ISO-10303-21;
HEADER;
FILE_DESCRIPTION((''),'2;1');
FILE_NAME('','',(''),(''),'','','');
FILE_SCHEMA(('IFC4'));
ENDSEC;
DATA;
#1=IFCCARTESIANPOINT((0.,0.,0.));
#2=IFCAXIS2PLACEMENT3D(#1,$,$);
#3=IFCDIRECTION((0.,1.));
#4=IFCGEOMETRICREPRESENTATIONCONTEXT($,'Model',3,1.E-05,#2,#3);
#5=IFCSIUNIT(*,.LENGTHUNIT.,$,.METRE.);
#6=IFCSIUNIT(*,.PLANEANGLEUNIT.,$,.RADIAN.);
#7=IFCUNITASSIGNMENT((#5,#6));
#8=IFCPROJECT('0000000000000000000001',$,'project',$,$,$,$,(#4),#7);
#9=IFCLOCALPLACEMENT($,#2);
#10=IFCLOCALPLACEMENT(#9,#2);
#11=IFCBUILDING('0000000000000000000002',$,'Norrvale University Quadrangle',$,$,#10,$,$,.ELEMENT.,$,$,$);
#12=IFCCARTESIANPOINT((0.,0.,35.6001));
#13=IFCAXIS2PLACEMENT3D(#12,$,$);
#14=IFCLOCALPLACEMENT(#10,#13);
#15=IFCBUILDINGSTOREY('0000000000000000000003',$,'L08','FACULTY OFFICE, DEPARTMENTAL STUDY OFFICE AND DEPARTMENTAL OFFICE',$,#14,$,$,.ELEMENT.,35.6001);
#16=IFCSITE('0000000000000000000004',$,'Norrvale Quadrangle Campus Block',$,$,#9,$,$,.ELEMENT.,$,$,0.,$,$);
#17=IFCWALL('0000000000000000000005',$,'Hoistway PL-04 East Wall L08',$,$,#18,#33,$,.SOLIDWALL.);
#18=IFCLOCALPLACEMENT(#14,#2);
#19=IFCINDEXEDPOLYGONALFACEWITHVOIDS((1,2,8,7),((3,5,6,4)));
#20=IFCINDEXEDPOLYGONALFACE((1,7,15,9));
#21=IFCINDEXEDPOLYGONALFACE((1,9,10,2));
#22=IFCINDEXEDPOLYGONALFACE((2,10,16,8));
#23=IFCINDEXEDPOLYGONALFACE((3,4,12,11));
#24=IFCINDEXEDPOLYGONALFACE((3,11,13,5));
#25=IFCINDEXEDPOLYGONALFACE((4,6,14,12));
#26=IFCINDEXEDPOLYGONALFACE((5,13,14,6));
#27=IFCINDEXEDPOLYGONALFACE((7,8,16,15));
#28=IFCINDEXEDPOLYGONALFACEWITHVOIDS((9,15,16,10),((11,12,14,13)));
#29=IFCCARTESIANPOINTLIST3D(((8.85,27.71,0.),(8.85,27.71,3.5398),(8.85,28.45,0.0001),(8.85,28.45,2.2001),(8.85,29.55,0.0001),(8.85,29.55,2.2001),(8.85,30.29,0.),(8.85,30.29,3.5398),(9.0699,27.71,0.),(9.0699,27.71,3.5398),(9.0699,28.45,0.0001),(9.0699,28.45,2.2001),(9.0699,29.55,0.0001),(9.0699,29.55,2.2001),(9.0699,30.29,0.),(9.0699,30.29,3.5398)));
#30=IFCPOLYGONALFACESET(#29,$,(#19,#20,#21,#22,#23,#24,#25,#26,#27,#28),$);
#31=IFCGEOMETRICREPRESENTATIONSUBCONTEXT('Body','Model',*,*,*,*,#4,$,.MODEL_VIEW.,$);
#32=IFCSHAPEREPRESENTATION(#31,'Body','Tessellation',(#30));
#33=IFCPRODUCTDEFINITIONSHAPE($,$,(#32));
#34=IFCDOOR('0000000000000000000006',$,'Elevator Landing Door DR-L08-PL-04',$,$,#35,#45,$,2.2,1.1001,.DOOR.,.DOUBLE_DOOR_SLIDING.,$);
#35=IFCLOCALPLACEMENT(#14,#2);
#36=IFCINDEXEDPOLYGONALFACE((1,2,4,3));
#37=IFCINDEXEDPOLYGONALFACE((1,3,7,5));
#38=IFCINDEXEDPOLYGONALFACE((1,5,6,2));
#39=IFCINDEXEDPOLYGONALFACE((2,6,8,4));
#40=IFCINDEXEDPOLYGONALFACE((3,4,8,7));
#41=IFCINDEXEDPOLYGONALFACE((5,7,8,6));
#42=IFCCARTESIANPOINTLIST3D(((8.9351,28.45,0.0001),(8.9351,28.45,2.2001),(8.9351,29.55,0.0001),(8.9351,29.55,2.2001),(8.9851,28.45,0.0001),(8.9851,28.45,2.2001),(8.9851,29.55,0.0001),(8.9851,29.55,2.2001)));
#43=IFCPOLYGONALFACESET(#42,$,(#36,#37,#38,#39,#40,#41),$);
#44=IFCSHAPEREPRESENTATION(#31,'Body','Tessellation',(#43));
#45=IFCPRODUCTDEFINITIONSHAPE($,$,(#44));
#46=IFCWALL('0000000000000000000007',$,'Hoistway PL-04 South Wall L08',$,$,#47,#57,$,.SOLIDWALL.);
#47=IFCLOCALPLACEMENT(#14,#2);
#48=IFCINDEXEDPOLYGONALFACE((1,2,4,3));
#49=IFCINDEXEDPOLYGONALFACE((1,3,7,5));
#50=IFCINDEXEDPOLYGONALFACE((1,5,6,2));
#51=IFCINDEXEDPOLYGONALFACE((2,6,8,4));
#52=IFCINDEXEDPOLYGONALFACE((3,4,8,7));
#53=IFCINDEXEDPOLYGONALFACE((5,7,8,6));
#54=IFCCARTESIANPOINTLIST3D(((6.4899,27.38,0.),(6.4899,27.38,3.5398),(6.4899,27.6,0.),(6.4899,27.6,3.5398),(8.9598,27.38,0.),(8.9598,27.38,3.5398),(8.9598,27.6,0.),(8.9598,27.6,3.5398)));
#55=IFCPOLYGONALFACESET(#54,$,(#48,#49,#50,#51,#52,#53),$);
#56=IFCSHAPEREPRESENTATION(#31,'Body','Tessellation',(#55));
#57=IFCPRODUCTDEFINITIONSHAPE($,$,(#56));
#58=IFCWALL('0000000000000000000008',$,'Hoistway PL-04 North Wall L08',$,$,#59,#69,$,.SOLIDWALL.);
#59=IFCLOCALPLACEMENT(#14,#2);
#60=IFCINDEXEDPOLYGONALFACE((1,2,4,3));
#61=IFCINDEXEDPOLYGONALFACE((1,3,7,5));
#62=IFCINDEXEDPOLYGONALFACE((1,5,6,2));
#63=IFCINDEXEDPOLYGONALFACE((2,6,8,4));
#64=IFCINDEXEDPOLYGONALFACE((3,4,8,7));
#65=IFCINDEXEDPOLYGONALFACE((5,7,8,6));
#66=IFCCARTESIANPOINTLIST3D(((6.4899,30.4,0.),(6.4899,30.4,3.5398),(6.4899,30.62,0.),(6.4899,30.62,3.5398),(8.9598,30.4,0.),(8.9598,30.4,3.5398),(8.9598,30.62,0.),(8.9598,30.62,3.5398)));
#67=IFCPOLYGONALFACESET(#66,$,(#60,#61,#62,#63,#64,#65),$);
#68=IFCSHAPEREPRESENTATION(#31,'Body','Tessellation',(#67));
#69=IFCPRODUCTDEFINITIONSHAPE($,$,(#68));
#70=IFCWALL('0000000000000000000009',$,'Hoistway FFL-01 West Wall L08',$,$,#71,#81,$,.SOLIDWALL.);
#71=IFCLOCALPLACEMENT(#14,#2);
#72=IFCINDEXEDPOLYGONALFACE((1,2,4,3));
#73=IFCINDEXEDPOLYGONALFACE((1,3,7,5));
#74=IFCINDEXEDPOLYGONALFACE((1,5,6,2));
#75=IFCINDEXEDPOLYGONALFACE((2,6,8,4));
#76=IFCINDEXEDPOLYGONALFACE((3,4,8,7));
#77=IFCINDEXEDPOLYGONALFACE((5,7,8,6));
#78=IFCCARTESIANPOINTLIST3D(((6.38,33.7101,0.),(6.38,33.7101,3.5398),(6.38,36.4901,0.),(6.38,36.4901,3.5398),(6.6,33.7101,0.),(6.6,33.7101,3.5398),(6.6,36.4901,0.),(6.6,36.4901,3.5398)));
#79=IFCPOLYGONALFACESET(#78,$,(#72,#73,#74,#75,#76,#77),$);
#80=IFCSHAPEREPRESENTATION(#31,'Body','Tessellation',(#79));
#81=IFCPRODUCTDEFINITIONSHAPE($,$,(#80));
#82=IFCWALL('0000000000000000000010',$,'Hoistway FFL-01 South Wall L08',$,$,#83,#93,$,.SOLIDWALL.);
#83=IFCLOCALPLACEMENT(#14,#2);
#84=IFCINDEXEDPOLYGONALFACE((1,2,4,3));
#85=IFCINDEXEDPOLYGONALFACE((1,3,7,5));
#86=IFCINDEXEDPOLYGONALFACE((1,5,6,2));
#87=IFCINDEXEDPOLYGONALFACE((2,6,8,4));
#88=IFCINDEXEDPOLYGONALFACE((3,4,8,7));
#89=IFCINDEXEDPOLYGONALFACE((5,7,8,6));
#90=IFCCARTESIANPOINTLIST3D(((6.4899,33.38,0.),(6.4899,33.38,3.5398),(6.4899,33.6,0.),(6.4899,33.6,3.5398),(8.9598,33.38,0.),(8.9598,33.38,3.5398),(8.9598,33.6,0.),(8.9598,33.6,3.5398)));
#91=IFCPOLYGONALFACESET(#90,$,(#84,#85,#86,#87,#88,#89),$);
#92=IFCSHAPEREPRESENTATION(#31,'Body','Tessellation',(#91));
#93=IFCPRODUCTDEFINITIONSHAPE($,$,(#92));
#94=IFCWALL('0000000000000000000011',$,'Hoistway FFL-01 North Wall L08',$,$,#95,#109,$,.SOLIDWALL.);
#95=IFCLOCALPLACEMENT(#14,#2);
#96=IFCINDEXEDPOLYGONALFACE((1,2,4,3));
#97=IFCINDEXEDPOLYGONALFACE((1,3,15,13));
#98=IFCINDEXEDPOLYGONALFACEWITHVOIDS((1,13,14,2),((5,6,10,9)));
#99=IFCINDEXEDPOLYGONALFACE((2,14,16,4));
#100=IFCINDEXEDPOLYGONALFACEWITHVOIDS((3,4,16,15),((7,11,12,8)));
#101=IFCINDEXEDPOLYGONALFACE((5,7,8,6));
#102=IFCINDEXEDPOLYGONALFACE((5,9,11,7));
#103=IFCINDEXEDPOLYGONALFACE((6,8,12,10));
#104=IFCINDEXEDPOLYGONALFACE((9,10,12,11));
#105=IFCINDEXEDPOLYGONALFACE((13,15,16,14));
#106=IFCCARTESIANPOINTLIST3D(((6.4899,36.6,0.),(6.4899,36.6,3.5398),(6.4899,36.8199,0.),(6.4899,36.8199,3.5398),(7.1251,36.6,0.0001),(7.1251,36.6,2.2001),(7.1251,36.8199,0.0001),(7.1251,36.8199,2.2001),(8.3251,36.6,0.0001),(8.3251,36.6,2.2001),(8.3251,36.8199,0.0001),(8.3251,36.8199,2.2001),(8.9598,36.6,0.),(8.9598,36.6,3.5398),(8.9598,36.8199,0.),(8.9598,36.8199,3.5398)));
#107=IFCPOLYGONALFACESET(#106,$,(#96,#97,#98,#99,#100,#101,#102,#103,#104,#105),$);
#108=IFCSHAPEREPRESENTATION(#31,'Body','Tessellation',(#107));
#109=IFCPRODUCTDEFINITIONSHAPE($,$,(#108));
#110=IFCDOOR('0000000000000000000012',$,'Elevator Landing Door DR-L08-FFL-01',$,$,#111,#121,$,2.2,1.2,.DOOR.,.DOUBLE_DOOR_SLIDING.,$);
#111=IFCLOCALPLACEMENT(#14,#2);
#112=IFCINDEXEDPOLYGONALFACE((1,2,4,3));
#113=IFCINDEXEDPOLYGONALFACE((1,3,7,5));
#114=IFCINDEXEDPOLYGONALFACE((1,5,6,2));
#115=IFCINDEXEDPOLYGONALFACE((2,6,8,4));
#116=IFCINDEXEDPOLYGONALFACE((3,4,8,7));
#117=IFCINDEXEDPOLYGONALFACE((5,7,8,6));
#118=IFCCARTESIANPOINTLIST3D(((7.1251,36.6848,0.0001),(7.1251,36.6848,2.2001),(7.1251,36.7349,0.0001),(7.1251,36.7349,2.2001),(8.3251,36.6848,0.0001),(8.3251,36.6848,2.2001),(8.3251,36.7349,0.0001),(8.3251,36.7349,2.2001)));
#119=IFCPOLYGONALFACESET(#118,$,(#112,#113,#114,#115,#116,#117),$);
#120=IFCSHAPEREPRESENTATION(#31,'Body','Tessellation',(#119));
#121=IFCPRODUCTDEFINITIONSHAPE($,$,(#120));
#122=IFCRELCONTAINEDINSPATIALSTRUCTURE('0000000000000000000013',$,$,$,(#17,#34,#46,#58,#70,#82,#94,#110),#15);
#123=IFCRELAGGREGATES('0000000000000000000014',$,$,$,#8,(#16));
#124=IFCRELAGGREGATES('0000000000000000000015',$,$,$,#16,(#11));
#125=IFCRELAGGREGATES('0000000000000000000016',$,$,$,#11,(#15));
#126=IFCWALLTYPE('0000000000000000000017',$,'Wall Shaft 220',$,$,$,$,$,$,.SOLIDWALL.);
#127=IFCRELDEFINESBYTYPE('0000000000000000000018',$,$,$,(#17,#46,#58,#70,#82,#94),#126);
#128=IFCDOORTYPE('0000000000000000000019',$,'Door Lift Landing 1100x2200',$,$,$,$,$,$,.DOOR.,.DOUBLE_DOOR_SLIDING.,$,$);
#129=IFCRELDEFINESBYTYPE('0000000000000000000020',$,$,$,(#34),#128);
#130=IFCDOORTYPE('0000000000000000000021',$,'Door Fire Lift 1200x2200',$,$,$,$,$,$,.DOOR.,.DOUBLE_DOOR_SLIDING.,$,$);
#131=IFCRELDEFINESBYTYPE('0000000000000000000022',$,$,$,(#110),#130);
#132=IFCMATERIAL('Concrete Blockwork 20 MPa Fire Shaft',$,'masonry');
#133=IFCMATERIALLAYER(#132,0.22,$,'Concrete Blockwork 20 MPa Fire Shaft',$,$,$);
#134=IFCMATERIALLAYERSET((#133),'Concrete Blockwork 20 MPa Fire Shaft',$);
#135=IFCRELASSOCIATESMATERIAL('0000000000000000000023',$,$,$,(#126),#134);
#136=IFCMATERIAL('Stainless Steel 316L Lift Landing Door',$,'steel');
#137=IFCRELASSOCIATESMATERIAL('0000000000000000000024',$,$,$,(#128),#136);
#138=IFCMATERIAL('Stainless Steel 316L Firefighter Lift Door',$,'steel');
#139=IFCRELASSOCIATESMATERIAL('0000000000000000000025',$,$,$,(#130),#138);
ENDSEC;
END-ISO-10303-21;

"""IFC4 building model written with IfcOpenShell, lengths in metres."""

from ifc_helpers import new_model, si_unit, direction, frame, frame_2d, origin, place, context, subcontext, project, spatial, rectangle, extrude, material, layer, layer_set, type_object, element, fill, save


model = new_model("IFC4")

# Units and contexts
model_context = context("Model", 3, precision=1e-05, world=origin(), true_north=direction((0.0, 1.0)))
body_context = subcontext(model_context, "Body", "Model", "MODEL_VIEW")
ifc_project = project(units=[si_unit("LENGTHUNIT", "METRE"), si_unit("PLANEANGLEUNIT", "RADIAN")], contexts=[model_context])

# Site, building, storey
site_placement = place(None, origin())
site = spatial("IfcSite", under=ifc_project, at=site_placement, Name="Norrvale Quadrangle Campus Block", CompositionType="ELEMENT", RefElevation=0.0)
building_placement = place(site_placement, origin())
building = spatial("IfcBuilding", under=site, at=building_placement, Name="Norrvale University Quadrangle", CompositionType="ELEMENT")
storey_placement = place(building_placement, frame((0.0, 0.0, 35.6001)))
storey = spatial("IfcBuildingStorey", under=building, at=storey_placement, Name="L08", Description="FACULTY OFFICE, DEPARTMENTAL STUDY OFFICE AND DEPARTMENTAL OFFICE", CompositionType="ELEMENT", Elevation=35.6001)

# Shared definitions
ifc_material_1 = material(Name="Concrete Blockwork 20 MPa Fire Shaft", Category="masonry")
ifc_layer_1 = layer(ifc_material_1, 0.22, Name="Concrete Blockwork 20 MPa Fire Shaft")
ifc_layer_set_1 = layer_set([ifc_layer_1], Name="Concrete Blockwork 20 MPa Fire Shaft")
wall_type_1 = type_object("IfcWallType", Name="Wall Shaft 220", PredefinedType="SOLIDWALL", material=ifc_layer_set_1)

# Shared definitions
ifc_material_2 = material(Name="Stainless Steel 316L Lift Landing Door", Category="steel")
door_type_1 = type_object("IfcDoorType", Name="Door Lift Landing 1100x2200", OperationType="DOUBLE_DOOR_SLIDING", PredefinedType="DOOR", material=ifc_material_2)

# Wall, opening, door
wall_1_placement = place(storey_placement, frame((8.96, 27.71, 0.0), z_axis=(0.0, 0.0, 1.0), x_axis=(0.0, 1.0, 0.0)))
wall_1 = element("IfcWall", 1, at=wall_1_placement, inside=storey, type_object=wall_type_1, Name="Hoistway PL-04 East Wall L08", PredefinedType="SOLIDWALL", context=body_context, shape_type="SweptSolid", body=[
    extrude(rectangle(XDim=2.5801, YDim=0.22, at=frame_2d((1.29, 0.0))), origin(), (0.0, 0.0, 1.0), 3.5398),
])
opening_1_placement = place(wall_1_placement, frame((0.74, 0.0, 0.0)))
opening_1 = element("IfcOpeningElement", 2, at=opening_1_placement, cuts=wall_1, PredefinedType="OPENING", context=body_context, shape_type="SweptSolid", body=[
    extrude(rectangle(XDim=1.1001, YDim=2.2, at=frame_2d((0.55, 1.1001))), frame((0.0, 0.1221, 0.0), z_axis=(0.0, -1.0, 0.0), x_axis=(1.0, 0.0, 0.0)), (0.0, 0.0, 1.0), 0.2439),
])
door_1_placement = place(opening_1_placement, origin())
door_1 = element("IfcDoor", 3, at=door_1_placement, inside=storey, type_object=door_type_1, Name="Elevator Landing Door DR-L08-PL-04", OperationType="DOUBLE_DOOR_SLIDING", OverallHeight=2.2, OverallWidth=1.1001, PredefinedType="DOOR", context=body_context, shape_type="SweptSolid", body=[
    extrude(rectangle(XDim=1.1001, YDim=2.2, at=frame_2d((0.55, 1.1001))), frame((0.0, 0.0249, 0.0), z_axis=(0.0, -1.0, 0.0), x_axis=(1.0, 0.0, 0.0)), (0.0, 0.0, 1.0), 0.05),
])
fill(opening_1, door_1)

# Walls
for number, where, z_axis, x_axis, name in (
    (4, (6.49, 27.49, 0.0), (0.0, 0.0, 1.0), (1.0, 0.0, 0.0), "Hoistway PL-04 South Wall L08"),
    (5, (6.49, 30.51, 0.0), (0.0, 0.0, 1.0), (1.0, 0.0, 0.0), "Hoistway PL-04 North Wall L08"),
):
    element("IfcWall", number, at=place(storey_placement, frame(where, z_axis=z_axis, x_axis=x_axis)), inside=storey, type_object=wall_type_1, Name=name, PredefinedType="SOLIDWALL", context=body_context, shape_type="SweptSolid", body=[
        extrude(rectangle(XDim=2.47, YDim=0.22, at=frame_2d((1.2349, 0.0))), origin(), (0.0, 0.0, 1.0), 3.5398),
    ])
wall_2_placement = place(storey_placement, frame((6.49, 33.71, 0.0), z_axis=(0.0, 0.0, 1.0), x_axis=(0.0, 1.0, 0.0)))
element("IfcWall", 6, at=wall_2_placement, inside=storey, type_object=wall_type_1, Name="Hoistway FFL-01 West Wall L08", PredefinedType="SOLIDWALL", context=body_context, shape_type="SweptSolid", body=[
    extrude(rectangle(XDim=2.78, YDim=0.22, at=frame_2d((1.3901, 0.0))), origin(), (0.0, 0.0, 1.0), 3.5398),
])
wall_3_placement = place(storey_placement, frame((6.49, 33.49, 0.0), z_axis=(0.0, 0.0, 1.0), x_axis=(1.0, 0.0, 0.0)))
element("IfcWall", 7, at=wall_3_placement, inside=storey, type_object=wall_type_1, Name="Hoistway FFL-01 South Wall L08", PredefinedType="SOLIDWALL", context=body_context, shape_type="SweptSolid", body=[
    extrude(rectangle(XDim=2.47, YDim=0.22, at=frame_2d((1.2349, 0.0))), origin(), (0.0, 0.0, 1.0), 3.5398),
])

# Wall, opening, door
wall_4_placement = place(storey_placement, frame((6.49, 36.71, 0.0), z_axis=(0.0, 0.0, 1.0), x_axis=(1.0, 0.0, 0.0)))
wall_4 = element("IfcWall", 8, at=wall_4_placement, inside=storey, type_object=wall_type_1, Name="Hoistway FFL-01 North Wall L08", PredefinedType="SOLIDWALL", context=body_context, shape_type="SweptSolid", body=[
    extrude(rectangle(XDim=2.47, YDim=0.22, at=frame_2d((1.2349, 0.0))), origin(), (0.0, 0.0, 1.0), 3.5398),
])
opening_2_placement = place(wall_4_placement, frame((0.635, 0.0, 0.0)))
opening_2 = element("IfcOpeningElement", 9, at=opening_2_placement, cuts=wall_4, PredefinedType="OPENING", context=body_context, shape_type="SweptSolid", body=[
    extrude(rectangle(XDim=1.2, YDim=2.2, at=frame_2d((0.6001, 1.1001))), frame((0.0, 0.1221, 0.0), z_axis=(0.0, -1.0, 0.0), x_axis=(1.0, 0.0, 0.0)), (0.0, 0.0, 1.0), 0.2439),
])
ifc_material_3 = material(Name="Stainless Steel 316L Firefighter Lift Door", Category="steel")
door_type_2 = type_object("IfcDoorType", Name="Door Fire Lift 1200x2200", OperationType="DOUBLE_DOOR_SLIDING", PredefinedType="DOOR", material=ifc_material_3)
door_2_placement = place(opening_2_placement, origin())
door_2 = element("IfcDoor", 10, at=door_2_placement, inside=storey, type_object=door_type_2, Name="Elevator Landing Door DR-L08-FFL-01", OperationType="DOUBLE_DOOR_SLIDING", OverallHeight=2.2, OverallWidth=1.2, PredefinedType="DOOR", context=body_context, shape_type="SweptSolid", body=[
    extrude(rectangle(XDim=1.2, YDim=2.2, at=frame_2d((0.6001, 1.1001))), frame((0.0, 0.0249, 0.0), z_axis=(0.0, -1.0, 0.0), x_axis=(1.0, 0.0, 0.0)), (0.0, 0.0, 1.0), 0.05),
])
fill(opening_2, door_2)

save(model, "model.ifc")
